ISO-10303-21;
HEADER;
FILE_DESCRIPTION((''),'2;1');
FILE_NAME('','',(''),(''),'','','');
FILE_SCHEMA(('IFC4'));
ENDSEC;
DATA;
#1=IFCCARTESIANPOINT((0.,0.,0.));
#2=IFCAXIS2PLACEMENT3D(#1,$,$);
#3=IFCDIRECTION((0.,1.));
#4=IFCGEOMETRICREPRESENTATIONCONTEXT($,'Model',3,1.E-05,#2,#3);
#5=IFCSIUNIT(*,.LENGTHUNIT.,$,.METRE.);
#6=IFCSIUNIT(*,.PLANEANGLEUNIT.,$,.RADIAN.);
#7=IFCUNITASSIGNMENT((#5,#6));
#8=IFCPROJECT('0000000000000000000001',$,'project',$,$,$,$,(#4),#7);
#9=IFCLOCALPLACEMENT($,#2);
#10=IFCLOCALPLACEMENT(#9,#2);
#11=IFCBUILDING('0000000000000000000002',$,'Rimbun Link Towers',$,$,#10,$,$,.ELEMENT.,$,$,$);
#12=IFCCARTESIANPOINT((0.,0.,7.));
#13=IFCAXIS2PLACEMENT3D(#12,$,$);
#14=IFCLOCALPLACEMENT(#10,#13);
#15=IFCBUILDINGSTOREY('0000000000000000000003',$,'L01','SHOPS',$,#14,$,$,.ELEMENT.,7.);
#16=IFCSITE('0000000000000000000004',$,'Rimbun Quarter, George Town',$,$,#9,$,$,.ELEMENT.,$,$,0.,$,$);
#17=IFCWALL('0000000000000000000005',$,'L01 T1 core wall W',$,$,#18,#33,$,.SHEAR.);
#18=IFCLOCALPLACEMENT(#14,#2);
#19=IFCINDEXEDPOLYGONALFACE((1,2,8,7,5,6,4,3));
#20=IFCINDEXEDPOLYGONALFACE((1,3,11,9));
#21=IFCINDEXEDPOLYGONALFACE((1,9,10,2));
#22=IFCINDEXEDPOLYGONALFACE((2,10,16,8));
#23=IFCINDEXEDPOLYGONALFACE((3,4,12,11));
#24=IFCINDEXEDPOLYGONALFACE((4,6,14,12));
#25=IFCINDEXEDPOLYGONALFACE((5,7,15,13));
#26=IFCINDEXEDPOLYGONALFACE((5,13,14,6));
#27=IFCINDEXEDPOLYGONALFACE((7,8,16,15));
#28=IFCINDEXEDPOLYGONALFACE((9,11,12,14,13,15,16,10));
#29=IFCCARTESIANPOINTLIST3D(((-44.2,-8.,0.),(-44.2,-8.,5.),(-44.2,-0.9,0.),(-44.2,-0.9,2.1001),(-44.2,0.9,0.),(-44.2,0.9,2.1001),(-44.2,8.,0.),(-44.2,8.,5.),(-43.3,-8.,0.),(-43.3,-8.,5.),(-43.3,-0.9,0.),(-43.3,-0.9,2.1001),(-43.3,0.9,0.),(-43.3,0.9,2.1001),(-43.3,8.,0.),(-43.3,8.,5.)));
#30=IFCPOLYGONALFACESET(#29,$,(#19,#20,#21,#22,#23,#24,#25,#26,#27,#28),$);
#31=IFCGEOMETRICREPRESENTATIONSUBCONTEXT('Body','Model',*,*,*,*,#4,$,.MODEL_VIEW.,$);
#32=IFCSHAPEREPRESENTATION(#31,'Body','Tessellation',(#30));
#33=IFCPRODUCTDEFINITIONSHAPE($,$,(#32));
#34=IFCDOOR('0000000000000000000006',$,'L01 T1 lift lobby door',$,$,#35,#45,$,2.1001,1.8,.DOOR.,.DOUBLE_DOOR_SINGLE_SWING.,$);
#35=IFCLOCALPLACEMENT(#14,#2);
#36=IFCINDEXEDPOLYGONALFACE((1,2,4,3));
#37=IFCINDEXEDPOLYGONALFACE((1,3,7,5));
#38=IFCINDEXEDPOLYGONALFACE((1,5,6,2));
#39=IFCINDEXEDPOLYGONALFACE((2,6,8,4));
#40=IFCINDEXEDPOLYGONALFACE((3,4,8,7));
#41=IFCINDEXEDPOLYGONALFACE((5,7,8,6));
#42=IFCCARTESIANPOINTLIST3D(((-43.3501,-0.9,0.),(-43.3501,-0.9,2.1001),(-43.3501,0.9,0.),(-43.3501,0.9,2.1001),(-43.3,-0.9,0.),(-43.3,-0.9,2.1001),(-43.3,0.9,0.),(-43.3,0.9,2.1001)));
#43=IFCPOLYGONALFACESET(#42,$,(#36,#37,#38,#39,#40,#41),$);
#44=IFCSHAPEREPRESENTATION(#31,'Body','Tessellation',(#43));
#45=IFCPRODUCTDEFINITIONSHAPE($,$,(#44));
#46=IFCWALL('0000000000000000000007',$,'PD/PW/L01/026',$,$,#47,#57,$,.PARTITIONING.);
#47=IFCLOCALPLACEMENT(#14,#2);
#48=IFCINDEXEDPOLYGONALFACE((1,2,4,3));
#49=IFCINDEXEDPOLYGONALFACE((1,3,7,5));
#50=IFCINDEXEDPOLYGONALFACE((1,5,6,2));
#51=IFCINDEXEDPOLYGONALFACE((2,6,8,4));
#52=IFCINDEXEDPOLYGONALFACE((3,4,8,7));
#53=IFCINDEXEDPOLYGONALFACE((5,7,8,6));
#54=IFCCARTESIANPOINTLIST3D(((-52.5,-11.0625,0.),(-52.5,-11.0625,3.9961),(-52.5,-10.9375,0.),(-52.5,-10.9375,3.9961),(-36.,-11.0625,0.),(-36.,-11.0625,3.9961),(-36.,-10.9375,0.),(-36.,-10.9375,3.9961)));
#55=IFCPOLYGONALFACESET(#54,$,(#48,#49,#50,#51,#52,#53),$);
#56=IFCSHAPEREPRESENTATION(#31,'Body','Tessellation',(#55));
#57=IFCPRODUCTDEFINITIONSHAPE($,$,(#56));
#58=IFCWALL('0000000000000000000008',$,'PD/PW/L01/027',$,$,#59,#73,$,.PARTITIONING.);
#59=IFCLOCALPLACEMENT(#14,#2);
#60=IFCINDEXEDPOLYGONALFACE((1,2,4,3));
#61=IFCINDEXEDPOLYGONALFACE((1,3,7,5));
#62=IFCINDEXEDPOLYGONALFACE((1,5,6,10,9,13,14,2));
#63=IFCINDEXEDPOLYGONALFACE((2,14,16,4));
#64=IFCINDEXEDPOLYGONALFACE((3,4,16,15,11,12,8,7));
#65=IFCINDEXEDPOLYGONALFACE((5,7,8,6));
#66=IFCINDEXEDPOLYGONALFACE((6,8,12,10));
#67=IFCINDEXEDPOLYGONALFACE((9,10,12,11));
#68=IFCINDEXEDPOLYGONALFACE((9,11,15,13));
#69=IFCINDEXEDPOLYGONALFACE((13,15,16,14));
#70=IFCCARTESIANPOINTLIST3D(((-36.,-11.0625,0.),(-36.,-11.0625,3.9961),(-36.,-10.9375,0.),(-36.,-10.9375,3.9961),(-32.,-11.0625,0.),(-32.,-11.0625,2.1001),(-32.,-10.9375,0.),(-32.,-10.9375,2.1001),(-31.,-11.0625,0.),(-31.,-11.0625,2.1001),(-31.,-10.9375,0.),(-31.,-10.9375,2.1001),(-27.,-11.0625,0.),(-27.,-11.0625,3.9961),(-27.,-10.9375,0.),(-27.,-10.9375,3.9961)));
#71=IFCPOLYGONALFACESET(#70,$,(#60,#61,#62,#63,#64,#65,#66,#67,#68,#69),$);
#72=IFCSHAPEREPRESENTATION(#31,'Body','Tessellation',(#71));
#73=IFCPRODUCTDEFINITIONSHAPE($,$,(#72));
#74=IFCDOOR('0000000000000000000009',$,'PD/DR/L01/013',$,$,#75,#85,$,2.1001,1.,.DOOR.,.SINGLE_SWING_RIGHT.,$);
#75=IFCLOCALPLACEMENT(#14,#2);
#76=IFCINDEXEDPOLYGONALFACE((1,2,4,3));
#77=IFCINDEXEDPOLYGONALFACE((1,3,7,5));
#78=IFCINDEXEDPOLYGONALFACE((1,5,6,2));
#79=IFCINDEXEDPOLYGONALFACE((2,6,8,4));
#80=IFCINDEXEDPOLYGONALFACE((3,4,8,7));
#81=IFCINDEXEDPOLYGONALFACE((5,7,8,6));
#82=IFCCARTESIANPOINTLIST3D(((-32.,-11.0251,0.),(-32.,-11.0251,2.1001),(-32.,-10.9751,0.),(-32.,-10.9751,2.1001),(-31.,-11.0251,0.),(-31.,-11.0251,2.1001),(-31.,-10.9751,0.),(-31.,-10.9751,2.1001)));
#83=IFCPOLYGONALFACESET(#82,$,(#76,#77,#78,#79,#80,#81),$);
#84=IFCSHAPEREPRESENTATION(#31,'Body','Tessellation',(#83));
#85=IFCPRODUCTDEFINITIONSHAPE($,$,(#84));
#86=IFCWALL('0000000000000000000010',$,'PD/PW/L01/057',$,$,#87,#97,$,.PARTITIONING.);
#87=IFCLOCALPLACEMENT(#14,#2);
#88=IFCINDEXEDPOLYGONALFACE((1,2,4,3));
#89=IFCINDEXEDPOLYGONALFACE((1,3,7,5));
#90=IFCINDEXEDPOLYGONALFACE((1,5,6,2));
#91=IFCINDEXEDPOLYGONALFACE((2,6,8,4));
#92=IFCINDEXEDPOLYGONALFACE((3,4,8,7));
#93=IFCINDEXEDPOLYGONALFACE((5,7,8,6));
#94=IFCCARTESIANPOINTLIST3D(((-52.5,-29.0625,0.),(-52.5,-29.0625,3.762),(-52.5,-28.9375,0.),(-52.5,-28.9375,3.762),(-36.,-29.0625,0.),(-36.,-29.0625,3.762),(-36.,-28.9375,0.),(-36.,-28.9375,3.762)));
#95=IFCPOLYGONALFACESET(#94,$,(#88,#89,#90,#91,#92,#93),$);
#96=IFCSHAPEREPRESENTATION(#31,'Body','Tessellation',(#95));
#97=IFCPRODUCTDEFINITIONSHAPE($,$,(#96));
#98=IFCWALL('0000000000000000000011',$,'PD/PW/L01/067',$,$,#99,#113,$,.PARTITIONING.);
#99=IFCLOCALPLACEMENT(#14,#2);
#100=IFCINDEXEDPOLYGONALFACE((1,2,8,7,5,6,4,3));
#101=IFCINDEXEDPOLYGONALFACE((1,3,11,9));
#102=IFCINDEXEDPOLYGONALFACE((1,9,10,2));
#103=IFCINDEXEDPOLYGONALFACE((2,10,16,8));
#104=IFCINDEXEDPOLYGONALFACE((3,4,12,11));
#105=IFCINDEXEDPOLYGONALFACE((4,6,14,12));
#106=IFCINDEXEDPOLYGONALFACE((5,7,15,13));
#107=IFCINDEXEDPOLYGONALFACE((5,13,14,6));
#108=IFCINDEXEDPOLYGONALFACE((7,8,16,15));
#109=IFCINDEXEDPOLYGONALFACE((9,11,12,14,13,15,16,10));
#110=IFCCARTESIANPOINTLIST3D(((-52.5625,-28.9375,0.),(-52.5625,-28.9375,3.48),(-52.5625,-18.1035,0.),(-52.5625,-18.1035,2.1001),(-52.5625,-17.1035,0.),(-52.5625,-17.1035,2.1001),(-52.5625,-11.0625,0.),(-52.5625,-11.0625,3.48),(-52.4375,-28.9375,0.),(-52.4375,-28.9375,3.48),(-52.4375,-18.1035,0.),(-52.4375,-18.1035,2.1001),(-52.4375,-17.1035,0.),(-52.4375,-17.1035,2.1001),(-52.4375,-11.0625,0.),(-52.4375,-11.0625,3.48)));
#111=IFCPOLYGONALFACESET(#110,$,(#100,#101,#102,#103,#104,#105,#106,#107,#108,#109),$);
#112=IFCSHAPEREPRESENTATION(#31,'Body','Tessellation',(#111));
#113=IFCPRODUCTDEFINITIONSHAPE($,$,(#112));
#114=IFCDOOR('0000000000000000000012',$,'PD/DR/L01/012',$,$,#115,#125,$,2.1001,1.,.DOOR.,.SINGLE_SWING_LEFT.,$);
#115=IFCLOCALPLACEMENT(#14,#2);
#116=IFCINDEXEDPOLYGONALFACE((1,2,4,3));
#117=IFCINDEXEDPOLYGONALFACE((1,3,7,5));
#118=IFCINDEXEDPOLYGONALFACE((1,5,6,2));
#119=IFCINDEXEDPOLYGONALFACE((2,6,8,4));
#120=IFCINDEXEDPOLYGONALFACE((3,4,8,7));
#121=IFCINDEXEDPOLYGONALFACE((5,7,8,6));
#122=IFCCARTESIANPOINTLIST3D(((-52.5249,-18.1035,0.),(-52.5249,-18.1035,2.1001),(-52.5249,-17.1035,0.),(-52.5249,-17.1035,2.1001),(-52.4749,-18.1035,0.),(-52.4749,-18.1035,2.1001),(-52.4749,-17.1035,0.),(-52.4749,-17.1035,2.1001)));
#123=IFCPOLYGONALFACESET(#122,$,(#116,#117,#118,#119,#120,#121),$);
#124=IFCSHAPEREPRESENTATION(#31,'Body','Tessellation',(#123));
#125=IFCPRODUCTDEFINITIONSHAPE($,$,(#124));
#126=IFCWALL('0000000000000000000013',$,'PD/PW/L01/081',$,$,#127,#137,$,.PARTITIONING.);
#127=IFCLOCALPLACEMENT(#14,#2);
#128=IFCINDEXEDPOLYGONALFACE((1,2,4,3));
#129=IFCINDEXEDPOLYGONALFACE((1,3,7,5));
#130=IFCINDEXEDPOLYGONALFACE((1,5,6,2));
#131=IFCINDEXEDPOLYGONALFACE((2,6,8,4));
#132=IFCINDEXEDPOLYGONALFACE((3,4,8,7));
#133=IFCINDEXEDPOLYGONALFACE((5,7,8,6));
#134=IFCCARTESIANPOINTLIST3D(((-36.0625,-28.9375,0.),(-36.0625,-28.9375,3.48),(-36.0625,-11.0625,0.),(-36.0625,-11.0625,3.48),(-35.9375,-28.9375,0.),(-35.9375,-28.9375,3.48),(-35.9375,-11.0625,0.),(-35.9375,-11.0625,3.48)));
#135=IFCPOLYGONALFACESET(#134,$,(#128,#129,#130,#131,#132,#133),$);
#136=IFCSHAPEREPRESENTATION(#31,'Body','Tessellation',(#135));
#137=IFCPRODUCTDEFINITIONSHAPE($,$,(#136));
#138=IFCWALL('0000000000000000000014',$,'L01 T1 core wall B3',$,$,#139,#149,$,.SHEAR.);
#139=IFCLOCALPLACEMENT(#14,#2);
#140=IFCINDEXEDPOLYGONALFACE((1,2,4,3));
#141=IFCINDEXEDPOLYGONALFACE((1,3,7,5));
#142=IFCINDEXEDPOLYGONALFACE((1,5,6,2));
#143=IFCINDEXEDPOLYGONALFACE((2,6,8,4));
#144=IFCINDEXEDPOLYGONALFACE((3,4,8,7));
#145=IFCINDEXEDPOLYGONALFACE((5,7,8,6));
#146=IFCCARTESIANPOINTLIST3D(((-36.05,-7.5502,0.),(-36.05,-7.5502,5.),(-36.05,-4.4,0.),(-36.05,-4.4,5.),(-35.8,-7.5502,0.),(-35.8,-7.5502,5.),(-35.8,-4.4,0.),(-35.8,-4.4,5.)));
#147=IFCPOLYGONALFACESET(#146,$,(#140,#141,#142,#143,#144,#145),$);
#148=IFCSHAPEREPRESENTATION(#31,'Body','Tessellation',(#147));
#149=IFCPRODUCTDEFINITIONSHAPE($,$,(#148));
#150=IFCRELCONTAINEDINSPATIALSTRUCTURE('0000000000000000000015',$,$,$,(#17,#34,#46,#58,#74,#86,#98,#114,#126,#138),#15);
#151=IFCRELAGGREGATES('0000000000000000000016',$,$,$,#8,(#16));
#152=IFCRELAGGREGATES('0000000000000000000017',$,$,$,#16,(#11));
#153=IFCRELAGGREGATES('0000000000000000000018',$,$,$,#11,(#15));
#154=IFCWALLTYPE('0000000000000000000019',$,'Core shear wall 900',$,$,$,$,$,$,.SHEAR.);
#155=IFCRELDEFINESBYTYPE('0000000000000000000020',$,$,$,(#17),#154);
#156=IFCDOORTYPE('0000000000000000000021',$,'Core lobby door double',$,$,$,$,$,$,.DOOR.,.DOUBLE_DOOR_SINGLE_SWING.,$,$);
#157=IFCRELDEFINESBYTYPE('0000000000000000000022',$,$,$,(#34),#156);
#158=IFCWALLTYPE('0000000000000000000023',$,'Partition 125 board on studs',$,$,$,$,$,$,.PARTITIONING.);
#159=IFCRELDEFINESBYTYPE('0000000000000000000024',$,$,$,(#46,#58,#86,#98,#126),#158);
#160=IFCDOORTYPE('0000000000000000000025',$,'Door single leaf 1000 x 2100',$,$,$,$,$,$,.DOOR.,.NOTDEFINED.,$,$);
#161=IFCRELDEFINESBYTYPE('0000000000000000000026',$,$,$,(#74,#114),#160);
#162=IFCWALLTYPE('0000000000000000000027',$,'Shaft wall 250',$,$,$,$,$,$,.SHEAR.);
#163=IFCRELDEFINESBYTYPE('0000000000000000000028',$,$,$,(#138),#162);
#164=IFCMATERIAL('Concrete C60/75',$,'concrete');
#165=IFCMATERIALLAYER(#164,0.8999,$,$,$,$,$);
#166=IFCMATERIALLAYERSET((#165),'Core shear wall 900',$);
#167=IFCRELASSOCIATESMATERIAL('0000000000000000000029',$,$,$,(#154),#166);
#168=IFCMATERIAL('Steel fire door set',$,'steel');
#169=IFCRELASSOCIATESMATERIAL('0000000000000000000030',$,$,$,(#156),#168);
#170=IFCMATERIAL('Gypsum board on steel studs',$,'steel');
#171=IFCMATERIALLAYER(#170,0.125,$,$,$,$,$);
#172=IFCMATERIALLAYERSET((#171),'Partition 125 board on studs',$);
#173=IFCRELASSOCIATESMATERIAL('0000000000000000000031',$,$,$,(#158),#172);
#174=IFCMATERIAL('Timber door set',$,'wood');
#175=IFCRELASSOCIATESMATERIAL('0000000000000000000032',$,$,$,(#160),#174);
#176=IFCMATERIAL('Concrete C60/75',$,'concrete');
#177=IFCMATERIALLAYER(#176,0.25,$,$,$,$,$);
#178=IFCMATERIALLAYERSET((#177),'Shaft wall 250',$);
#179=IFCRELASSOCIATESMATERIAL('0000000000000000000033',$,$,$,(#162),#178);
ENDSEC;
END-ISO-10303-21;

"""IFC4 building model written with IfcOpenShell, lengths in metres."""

from ifc_helpers import new_model, si_unit, direction, frame, frame_2d, origin, place, context, subcontext, project, spatial, rectangle, extrude, material, layer, layer_set, type_object, element, fill, save


model = new_model("IFC4")

# Units and contexts
model_context = context("Model", 3, precision=1e-05, world=origin(), true_north=direction((0.0, 1.0)))
body_context = subcontext(model_context, "Body", "Model", "MODEL_VIEW")
ifc_project = project(units=[si_unit("LENGTHUNIT", "METRE"), si_unit("PLANEANGLEUNIT", "RADIAN")], contexts=[model_context])

# Site, building, storey
site_placement = place(None, origin())
site = spatial("IfcSite", under=ifc_project, at=site_placement, Name="Rimbun Quarter, George Town", CompositionType="ELEMENT", RefElevation=0.0)
building_placement = place(site_placement, origin())
building = spatial("IfcBuilding", under=site, at=building_placement, Name="Rimbun Link Towers", CompositionType="ELEMENT")
storey_placement = place(building_placement, frame((0.0, 0.0, 7.0)))
storey = spatial("IfcBuildingStorey", under=building, at=storey_placement, Name="L01", Description="SHOPS", CompositionType="ELEMENT", Elevation=7.0)

# Shared definitions
ifc_material_1 = material(Name="Concrete C60/75", Category="concrete")
ifc_layer_1 = layer(ifc_material_1, 0.8999)
ifc_layer_set_1 = layer_set([ifc_layer_1], Name="Core shear wall 900")
wall_type_1 = type_object("IfcWallType", Name="Core shear wall 900", PredefinedType="SHEAR", material=ifc_layer_set_1)

# Wall, opening, door
wall_1_placement = place(storey_placement, frame((-43.75, -8.0, 0.0), z_axis=(0.0, 0.0, 1.0), x_axis=(0.0, 1.0, 0.0)))
wall_1 = element("IfcWall", 1, at=wall_1_placement, inside=storey, type_object=wall_type_1, Name="L01 T1 core wall W", PredefinedType="SHEAR", context=body_context, shape_type="SweptSolid", body=[
    extrude(rectangle(XDim=16.0, YDim=0.8999, at=frame_2d((8.0, 0.0))), origin(), (0.0, 0.0, 1.0), 5.0),
])
opening_1_placement = place(wall_1_placement, frame((7.1001, 0.0, 0.0)))
opening_1 = element("IfcOpeningElement", 2, at=opening_1_placement, cuts=wall_1, PredefinedType="OPENING", context=body_context, shape_type="SweptSolid", body=[
    extrude(rectangle(XDim=1.8, YDim=2.1001, at=frame_2d((0.8999, 1.05))), frame((0.0, 0.46, 0.0), z_axis=(0.0, -1.0, 0.0), x_axis=(1.0, 0.0, 0.0)), (0.0, 0.0, 1.0), 0.9199),
])
ifc_material_2 = material(Name="Steel fire door set", Category="steel")
door_type_1 = type_object("IfcDoorType", Name="Core lobby door double", OperationType="DOUBLE_DOOR_SINGLE_SWING", PredefinedType="DOOR", material=ifc_material_2)
door_1_placement = place(opening_1_placement, origin())
door_1 = element("IfcDoor", 3, at=door_1_placement, inside=storey, type_object=door_type_1, Name="L01 T1 lift lobby door", OperationType="DOUBLE_DOOR_SINGLE_SWING", OverallHeight=2.1001, OverallWidth=1.8, PredefinedType="DOOR", context=body_context, shape_type="SweptSolid", body=[
    extrude(rectangle(XDim=1.8, YDim=2.1001, at=frame_2d((0.8999, 1.05))), frame((0.0, -0.3999, 0.0), z_axis=(0.0, -1.0, 0.0), x_axis=(1.0, 0.0, 0.0)), (0.0, 0.0, 1.0), 0.05),
])
fill(opening_1, door_1)

# Wall
ifc_material_3 = material(Name="Gypsum board on steel studs", Category="steel")
ifc_layer_2 = layer(ifc_material_3, 0.125)
ifc_layer_set_2 = layer_set([ifc_layer_2], Name="Partition 125 board on studs")
wall_type_2 = type_object("IfcWallType", Name="Partition 125 board on studs", PredefinedType="PARTITIONING", material=ifc_layer_set_2)
wall_2_placement = place(storey_placement, frame((-52.5, -11.0, 0.0), z_axis=(0.0, 0.0, 1.0), x_axis=(1.0, 0.0, 0.0)))
element("IfcWall", 4, at=wall_2_placement, inside=storey, type_object=wall_type_2, Name="PD/PW/L01/026", PredefinedType="PARTITIONING", context=body_context, shape_type="SweptSolid", body=[
    extrude(rectangle(XDim=16.5, YDim=0.125, at=frame_2d((8.25, 0.0))), origin(), (0.0, 0.0, 1.0), 3.9961),
])

# Wall, opening, door
wall_3_placement = place(storey_placement, frame((-36.0, -11.0, 0.0), z_axis=(0.0, 0.0, 1.0), x_axis=(1.0, 0.0, 0.0)))
wall_3 = element("IfcWall", 5, at=wall_3_placement, inside=storey, type_object=wall_type_2, Name="PD/PW/L01/027", PredefinedType="PARTITIONING", context=body_context, shape_type="SweptSolid", body=[
    extrude(rectangle(XDim=9.0, YDim=0.125, at=frame_2d((4.5, 0.0))), origin(), (0.0, 0.0, 1.0), 3.9961),
])
opening_2_placement = place(wall_3_placement, frame((4.0, 0.0, 0.0)))
opening_2 = element("IfcOpeningElement", 6, at=opening_2_placement, cuts=wall_3, PredefinedType="OPENING", context=body_context, shape_type="SweptSolid", body=[
    extrude(rectangle(XDim=1.0, YDim=2.1001, at=frame_2d((0.5, 1.05))), frame((0.0, 0.0725, 0.0), z_axis=(0.0, -1.0, 0.0), x_axis=(1.0, 0.0, 0.0)), (0.0, 0.0, 1.0), 0.145),
])
ifc_material_4 = material(Name="Timber door set", Category="wood")
door_type_2 = type_object("IfcDoorType", Name="Door single leaf 1000 x 2100", OperationType="NOTDEFINED", PredefinedType="DOOR", material=ifc_material_4)
door_2_placement = place(opening_2_placement, origin())
door_2 = element("IfcDoor", 7, at=door_2_placement, inside=storey, type_object=door_type_2, Name="PD/DR/L01/013", OperationType="SINGLE_SWING_RIGHT", OverallHeight=2.1001, OverallWidth=1.0, PredefinedType="DOOR", context=body_context, shape_type="SweptSolid", body=[
    extrude(rectangle(XDim=1.0, YDim=2.1001, at=frame_2d((0.5, 1.05))), frame((0.0, 0.0249, 0.0), z_axis=(0.0, -1.0, 0.0), x_axis=(1.0, 0.0, 0.0)), (0.0, 0.0, 1.0), 0.05),
])
fill(opening_2, door_2)

# Wall
wall_4_placement = place(storey_placement, frame((-36.0, -29.0, 0.0), z_axis=(0.0, 0.0, 1.0), x_axis=(-1.0, 0.0, 0.0)))
element("IfcWall", 8, at=wall_4_placement, inside=storey, type_object=wall_type_2, Name="PD/PW/L01/057", PredefinedType="PARTITIONING", context=body_context, shape_type="SweptSolid", body=[
    extrude(rectangle(XDim=16.5, YDim=0.125, at=frame_2d((8.25, 0.0))), origin(), (0.0, 0.0, 1.0), 3.762),
])

# Wall, opening, door
wall_5_placement = place(storey_placement, frame((-52.5, -28.9375, 0.0), z_axis=(0.0, 0.0, 1.0), x_axis=(0.0, 1.0, 0.0)))
wall_5 = element("IfcWall", 9, at=wall_5_placement, inside=storey, type_object=wall_type_2, Name="PD/PW/L01/067", PredefinedType="PARTITIONING", context=body_context, shape_type="SweptSolid", body=[
    extrude(rectangle(XDim=17.875, YDim=0.125, at=frame_2d((8.9375, 0.0))), origin(), (0.0, 0.0, 1.0), 3.48),
])
opening_3_placement = place(wall_5_placement, frame((10.834, 0.0, 0.0)))
opening_3 = element("IfcOpeningElement", 10, at=opening_3_placement, cuts=wall_5, PredefinedType="OPENING", context=body_context, shape_type="SweptSolid", body=[
    extrude(rectangle(XDim=1.0, YDim=2.1001, at=frame_2d((0.5, 1.05))), frame((0.0, 0.0725, 0.0), z_axis=(0.0, -1.0, 0.0), x_axis=(1.0, 0.0, 0.0)), (0.0, 0.0, 1.0), 0.145),
])
door_3_placement = place(opening_3_placement, origin())
door_3 = element("IfcDoor", 11, at=door_3_placement, inside=storey, type_object=door_type_2, Name="PD/DR/L01/012", OperationType="SINGLE_SWING_LEFT", OverallHeight=2.1001, OverallWidth=1.0, PredefinedType="DOOR", context=body_context, shape_type="SweptSolid", body=[
    extrude(rectangle(XDim=1.0, YDim=2.1001, at=frame_2d((0.5, 1.05))), frame((0.0, 0.0249, 0.0), z_axis=(0.0, -1.0, 0.0), x_axis=(1.0, 0.0, 0.0)), (0.0, 0.0, 1.0), 0.05),
])
fill(opening_3, door_3)

# Walls
wall_6_placement = place(storey_placement, frame((-36.0, -28.9375, 0.0), z_axis=(0.0, 0.0, 1.0), x_axis=(0.0, 1.0, 0.0)))
element("IfcWall", 12, at=wall_6_placement, inside=storey, type_object=wall_type_2, Name="PD/PW/L01/081", PredefinedType="PARTITIONING", context=body_context, shape_type="SweptSolid", body=[
    extrude(rectangle(XDim=17.875, YDim=0.125, at=frame_2d((8.9375, 0.0))), origin(), (0.0, 0.0, 1.0), 3.48),
])
ifc_material_5 = material(Name="Concrete C60/75", Category="concrete")
ifc_layer_3 = layer(ifc_material_5, 0.25)
ifc_layer_set_3 = layer_set([ifc_layer_3], Name="Shaft wall 250")
wall_type_3 = type_object("IfcWallType", Name="Shaft wall 250", PredefinedType="SHEAR", material=ifc_layer_set_3)
wall_7_placement = place(storey_placement, frame((-35.925, -4.3999, 0.0), z_axis=(0.0, 0.0, 1.0), x_axis=(0.0, -1.0, 0.0)))
element("IfcWall", 13, at=wall_7_placement, inside=storey, type_object=wall_type_3, Name="L01 T1 core wall B3", PredefinedType="SHEAR", context=body_context, shape_type="SweptSolid", body=[
    extrude(rectangle(XDim=3.1501, YDim=0.25, at=frame_2d((1.5752, 0.0))), origin(), (0.0, 0.0, 1.0), 5.0),
])

save(model, "model.ifc")
